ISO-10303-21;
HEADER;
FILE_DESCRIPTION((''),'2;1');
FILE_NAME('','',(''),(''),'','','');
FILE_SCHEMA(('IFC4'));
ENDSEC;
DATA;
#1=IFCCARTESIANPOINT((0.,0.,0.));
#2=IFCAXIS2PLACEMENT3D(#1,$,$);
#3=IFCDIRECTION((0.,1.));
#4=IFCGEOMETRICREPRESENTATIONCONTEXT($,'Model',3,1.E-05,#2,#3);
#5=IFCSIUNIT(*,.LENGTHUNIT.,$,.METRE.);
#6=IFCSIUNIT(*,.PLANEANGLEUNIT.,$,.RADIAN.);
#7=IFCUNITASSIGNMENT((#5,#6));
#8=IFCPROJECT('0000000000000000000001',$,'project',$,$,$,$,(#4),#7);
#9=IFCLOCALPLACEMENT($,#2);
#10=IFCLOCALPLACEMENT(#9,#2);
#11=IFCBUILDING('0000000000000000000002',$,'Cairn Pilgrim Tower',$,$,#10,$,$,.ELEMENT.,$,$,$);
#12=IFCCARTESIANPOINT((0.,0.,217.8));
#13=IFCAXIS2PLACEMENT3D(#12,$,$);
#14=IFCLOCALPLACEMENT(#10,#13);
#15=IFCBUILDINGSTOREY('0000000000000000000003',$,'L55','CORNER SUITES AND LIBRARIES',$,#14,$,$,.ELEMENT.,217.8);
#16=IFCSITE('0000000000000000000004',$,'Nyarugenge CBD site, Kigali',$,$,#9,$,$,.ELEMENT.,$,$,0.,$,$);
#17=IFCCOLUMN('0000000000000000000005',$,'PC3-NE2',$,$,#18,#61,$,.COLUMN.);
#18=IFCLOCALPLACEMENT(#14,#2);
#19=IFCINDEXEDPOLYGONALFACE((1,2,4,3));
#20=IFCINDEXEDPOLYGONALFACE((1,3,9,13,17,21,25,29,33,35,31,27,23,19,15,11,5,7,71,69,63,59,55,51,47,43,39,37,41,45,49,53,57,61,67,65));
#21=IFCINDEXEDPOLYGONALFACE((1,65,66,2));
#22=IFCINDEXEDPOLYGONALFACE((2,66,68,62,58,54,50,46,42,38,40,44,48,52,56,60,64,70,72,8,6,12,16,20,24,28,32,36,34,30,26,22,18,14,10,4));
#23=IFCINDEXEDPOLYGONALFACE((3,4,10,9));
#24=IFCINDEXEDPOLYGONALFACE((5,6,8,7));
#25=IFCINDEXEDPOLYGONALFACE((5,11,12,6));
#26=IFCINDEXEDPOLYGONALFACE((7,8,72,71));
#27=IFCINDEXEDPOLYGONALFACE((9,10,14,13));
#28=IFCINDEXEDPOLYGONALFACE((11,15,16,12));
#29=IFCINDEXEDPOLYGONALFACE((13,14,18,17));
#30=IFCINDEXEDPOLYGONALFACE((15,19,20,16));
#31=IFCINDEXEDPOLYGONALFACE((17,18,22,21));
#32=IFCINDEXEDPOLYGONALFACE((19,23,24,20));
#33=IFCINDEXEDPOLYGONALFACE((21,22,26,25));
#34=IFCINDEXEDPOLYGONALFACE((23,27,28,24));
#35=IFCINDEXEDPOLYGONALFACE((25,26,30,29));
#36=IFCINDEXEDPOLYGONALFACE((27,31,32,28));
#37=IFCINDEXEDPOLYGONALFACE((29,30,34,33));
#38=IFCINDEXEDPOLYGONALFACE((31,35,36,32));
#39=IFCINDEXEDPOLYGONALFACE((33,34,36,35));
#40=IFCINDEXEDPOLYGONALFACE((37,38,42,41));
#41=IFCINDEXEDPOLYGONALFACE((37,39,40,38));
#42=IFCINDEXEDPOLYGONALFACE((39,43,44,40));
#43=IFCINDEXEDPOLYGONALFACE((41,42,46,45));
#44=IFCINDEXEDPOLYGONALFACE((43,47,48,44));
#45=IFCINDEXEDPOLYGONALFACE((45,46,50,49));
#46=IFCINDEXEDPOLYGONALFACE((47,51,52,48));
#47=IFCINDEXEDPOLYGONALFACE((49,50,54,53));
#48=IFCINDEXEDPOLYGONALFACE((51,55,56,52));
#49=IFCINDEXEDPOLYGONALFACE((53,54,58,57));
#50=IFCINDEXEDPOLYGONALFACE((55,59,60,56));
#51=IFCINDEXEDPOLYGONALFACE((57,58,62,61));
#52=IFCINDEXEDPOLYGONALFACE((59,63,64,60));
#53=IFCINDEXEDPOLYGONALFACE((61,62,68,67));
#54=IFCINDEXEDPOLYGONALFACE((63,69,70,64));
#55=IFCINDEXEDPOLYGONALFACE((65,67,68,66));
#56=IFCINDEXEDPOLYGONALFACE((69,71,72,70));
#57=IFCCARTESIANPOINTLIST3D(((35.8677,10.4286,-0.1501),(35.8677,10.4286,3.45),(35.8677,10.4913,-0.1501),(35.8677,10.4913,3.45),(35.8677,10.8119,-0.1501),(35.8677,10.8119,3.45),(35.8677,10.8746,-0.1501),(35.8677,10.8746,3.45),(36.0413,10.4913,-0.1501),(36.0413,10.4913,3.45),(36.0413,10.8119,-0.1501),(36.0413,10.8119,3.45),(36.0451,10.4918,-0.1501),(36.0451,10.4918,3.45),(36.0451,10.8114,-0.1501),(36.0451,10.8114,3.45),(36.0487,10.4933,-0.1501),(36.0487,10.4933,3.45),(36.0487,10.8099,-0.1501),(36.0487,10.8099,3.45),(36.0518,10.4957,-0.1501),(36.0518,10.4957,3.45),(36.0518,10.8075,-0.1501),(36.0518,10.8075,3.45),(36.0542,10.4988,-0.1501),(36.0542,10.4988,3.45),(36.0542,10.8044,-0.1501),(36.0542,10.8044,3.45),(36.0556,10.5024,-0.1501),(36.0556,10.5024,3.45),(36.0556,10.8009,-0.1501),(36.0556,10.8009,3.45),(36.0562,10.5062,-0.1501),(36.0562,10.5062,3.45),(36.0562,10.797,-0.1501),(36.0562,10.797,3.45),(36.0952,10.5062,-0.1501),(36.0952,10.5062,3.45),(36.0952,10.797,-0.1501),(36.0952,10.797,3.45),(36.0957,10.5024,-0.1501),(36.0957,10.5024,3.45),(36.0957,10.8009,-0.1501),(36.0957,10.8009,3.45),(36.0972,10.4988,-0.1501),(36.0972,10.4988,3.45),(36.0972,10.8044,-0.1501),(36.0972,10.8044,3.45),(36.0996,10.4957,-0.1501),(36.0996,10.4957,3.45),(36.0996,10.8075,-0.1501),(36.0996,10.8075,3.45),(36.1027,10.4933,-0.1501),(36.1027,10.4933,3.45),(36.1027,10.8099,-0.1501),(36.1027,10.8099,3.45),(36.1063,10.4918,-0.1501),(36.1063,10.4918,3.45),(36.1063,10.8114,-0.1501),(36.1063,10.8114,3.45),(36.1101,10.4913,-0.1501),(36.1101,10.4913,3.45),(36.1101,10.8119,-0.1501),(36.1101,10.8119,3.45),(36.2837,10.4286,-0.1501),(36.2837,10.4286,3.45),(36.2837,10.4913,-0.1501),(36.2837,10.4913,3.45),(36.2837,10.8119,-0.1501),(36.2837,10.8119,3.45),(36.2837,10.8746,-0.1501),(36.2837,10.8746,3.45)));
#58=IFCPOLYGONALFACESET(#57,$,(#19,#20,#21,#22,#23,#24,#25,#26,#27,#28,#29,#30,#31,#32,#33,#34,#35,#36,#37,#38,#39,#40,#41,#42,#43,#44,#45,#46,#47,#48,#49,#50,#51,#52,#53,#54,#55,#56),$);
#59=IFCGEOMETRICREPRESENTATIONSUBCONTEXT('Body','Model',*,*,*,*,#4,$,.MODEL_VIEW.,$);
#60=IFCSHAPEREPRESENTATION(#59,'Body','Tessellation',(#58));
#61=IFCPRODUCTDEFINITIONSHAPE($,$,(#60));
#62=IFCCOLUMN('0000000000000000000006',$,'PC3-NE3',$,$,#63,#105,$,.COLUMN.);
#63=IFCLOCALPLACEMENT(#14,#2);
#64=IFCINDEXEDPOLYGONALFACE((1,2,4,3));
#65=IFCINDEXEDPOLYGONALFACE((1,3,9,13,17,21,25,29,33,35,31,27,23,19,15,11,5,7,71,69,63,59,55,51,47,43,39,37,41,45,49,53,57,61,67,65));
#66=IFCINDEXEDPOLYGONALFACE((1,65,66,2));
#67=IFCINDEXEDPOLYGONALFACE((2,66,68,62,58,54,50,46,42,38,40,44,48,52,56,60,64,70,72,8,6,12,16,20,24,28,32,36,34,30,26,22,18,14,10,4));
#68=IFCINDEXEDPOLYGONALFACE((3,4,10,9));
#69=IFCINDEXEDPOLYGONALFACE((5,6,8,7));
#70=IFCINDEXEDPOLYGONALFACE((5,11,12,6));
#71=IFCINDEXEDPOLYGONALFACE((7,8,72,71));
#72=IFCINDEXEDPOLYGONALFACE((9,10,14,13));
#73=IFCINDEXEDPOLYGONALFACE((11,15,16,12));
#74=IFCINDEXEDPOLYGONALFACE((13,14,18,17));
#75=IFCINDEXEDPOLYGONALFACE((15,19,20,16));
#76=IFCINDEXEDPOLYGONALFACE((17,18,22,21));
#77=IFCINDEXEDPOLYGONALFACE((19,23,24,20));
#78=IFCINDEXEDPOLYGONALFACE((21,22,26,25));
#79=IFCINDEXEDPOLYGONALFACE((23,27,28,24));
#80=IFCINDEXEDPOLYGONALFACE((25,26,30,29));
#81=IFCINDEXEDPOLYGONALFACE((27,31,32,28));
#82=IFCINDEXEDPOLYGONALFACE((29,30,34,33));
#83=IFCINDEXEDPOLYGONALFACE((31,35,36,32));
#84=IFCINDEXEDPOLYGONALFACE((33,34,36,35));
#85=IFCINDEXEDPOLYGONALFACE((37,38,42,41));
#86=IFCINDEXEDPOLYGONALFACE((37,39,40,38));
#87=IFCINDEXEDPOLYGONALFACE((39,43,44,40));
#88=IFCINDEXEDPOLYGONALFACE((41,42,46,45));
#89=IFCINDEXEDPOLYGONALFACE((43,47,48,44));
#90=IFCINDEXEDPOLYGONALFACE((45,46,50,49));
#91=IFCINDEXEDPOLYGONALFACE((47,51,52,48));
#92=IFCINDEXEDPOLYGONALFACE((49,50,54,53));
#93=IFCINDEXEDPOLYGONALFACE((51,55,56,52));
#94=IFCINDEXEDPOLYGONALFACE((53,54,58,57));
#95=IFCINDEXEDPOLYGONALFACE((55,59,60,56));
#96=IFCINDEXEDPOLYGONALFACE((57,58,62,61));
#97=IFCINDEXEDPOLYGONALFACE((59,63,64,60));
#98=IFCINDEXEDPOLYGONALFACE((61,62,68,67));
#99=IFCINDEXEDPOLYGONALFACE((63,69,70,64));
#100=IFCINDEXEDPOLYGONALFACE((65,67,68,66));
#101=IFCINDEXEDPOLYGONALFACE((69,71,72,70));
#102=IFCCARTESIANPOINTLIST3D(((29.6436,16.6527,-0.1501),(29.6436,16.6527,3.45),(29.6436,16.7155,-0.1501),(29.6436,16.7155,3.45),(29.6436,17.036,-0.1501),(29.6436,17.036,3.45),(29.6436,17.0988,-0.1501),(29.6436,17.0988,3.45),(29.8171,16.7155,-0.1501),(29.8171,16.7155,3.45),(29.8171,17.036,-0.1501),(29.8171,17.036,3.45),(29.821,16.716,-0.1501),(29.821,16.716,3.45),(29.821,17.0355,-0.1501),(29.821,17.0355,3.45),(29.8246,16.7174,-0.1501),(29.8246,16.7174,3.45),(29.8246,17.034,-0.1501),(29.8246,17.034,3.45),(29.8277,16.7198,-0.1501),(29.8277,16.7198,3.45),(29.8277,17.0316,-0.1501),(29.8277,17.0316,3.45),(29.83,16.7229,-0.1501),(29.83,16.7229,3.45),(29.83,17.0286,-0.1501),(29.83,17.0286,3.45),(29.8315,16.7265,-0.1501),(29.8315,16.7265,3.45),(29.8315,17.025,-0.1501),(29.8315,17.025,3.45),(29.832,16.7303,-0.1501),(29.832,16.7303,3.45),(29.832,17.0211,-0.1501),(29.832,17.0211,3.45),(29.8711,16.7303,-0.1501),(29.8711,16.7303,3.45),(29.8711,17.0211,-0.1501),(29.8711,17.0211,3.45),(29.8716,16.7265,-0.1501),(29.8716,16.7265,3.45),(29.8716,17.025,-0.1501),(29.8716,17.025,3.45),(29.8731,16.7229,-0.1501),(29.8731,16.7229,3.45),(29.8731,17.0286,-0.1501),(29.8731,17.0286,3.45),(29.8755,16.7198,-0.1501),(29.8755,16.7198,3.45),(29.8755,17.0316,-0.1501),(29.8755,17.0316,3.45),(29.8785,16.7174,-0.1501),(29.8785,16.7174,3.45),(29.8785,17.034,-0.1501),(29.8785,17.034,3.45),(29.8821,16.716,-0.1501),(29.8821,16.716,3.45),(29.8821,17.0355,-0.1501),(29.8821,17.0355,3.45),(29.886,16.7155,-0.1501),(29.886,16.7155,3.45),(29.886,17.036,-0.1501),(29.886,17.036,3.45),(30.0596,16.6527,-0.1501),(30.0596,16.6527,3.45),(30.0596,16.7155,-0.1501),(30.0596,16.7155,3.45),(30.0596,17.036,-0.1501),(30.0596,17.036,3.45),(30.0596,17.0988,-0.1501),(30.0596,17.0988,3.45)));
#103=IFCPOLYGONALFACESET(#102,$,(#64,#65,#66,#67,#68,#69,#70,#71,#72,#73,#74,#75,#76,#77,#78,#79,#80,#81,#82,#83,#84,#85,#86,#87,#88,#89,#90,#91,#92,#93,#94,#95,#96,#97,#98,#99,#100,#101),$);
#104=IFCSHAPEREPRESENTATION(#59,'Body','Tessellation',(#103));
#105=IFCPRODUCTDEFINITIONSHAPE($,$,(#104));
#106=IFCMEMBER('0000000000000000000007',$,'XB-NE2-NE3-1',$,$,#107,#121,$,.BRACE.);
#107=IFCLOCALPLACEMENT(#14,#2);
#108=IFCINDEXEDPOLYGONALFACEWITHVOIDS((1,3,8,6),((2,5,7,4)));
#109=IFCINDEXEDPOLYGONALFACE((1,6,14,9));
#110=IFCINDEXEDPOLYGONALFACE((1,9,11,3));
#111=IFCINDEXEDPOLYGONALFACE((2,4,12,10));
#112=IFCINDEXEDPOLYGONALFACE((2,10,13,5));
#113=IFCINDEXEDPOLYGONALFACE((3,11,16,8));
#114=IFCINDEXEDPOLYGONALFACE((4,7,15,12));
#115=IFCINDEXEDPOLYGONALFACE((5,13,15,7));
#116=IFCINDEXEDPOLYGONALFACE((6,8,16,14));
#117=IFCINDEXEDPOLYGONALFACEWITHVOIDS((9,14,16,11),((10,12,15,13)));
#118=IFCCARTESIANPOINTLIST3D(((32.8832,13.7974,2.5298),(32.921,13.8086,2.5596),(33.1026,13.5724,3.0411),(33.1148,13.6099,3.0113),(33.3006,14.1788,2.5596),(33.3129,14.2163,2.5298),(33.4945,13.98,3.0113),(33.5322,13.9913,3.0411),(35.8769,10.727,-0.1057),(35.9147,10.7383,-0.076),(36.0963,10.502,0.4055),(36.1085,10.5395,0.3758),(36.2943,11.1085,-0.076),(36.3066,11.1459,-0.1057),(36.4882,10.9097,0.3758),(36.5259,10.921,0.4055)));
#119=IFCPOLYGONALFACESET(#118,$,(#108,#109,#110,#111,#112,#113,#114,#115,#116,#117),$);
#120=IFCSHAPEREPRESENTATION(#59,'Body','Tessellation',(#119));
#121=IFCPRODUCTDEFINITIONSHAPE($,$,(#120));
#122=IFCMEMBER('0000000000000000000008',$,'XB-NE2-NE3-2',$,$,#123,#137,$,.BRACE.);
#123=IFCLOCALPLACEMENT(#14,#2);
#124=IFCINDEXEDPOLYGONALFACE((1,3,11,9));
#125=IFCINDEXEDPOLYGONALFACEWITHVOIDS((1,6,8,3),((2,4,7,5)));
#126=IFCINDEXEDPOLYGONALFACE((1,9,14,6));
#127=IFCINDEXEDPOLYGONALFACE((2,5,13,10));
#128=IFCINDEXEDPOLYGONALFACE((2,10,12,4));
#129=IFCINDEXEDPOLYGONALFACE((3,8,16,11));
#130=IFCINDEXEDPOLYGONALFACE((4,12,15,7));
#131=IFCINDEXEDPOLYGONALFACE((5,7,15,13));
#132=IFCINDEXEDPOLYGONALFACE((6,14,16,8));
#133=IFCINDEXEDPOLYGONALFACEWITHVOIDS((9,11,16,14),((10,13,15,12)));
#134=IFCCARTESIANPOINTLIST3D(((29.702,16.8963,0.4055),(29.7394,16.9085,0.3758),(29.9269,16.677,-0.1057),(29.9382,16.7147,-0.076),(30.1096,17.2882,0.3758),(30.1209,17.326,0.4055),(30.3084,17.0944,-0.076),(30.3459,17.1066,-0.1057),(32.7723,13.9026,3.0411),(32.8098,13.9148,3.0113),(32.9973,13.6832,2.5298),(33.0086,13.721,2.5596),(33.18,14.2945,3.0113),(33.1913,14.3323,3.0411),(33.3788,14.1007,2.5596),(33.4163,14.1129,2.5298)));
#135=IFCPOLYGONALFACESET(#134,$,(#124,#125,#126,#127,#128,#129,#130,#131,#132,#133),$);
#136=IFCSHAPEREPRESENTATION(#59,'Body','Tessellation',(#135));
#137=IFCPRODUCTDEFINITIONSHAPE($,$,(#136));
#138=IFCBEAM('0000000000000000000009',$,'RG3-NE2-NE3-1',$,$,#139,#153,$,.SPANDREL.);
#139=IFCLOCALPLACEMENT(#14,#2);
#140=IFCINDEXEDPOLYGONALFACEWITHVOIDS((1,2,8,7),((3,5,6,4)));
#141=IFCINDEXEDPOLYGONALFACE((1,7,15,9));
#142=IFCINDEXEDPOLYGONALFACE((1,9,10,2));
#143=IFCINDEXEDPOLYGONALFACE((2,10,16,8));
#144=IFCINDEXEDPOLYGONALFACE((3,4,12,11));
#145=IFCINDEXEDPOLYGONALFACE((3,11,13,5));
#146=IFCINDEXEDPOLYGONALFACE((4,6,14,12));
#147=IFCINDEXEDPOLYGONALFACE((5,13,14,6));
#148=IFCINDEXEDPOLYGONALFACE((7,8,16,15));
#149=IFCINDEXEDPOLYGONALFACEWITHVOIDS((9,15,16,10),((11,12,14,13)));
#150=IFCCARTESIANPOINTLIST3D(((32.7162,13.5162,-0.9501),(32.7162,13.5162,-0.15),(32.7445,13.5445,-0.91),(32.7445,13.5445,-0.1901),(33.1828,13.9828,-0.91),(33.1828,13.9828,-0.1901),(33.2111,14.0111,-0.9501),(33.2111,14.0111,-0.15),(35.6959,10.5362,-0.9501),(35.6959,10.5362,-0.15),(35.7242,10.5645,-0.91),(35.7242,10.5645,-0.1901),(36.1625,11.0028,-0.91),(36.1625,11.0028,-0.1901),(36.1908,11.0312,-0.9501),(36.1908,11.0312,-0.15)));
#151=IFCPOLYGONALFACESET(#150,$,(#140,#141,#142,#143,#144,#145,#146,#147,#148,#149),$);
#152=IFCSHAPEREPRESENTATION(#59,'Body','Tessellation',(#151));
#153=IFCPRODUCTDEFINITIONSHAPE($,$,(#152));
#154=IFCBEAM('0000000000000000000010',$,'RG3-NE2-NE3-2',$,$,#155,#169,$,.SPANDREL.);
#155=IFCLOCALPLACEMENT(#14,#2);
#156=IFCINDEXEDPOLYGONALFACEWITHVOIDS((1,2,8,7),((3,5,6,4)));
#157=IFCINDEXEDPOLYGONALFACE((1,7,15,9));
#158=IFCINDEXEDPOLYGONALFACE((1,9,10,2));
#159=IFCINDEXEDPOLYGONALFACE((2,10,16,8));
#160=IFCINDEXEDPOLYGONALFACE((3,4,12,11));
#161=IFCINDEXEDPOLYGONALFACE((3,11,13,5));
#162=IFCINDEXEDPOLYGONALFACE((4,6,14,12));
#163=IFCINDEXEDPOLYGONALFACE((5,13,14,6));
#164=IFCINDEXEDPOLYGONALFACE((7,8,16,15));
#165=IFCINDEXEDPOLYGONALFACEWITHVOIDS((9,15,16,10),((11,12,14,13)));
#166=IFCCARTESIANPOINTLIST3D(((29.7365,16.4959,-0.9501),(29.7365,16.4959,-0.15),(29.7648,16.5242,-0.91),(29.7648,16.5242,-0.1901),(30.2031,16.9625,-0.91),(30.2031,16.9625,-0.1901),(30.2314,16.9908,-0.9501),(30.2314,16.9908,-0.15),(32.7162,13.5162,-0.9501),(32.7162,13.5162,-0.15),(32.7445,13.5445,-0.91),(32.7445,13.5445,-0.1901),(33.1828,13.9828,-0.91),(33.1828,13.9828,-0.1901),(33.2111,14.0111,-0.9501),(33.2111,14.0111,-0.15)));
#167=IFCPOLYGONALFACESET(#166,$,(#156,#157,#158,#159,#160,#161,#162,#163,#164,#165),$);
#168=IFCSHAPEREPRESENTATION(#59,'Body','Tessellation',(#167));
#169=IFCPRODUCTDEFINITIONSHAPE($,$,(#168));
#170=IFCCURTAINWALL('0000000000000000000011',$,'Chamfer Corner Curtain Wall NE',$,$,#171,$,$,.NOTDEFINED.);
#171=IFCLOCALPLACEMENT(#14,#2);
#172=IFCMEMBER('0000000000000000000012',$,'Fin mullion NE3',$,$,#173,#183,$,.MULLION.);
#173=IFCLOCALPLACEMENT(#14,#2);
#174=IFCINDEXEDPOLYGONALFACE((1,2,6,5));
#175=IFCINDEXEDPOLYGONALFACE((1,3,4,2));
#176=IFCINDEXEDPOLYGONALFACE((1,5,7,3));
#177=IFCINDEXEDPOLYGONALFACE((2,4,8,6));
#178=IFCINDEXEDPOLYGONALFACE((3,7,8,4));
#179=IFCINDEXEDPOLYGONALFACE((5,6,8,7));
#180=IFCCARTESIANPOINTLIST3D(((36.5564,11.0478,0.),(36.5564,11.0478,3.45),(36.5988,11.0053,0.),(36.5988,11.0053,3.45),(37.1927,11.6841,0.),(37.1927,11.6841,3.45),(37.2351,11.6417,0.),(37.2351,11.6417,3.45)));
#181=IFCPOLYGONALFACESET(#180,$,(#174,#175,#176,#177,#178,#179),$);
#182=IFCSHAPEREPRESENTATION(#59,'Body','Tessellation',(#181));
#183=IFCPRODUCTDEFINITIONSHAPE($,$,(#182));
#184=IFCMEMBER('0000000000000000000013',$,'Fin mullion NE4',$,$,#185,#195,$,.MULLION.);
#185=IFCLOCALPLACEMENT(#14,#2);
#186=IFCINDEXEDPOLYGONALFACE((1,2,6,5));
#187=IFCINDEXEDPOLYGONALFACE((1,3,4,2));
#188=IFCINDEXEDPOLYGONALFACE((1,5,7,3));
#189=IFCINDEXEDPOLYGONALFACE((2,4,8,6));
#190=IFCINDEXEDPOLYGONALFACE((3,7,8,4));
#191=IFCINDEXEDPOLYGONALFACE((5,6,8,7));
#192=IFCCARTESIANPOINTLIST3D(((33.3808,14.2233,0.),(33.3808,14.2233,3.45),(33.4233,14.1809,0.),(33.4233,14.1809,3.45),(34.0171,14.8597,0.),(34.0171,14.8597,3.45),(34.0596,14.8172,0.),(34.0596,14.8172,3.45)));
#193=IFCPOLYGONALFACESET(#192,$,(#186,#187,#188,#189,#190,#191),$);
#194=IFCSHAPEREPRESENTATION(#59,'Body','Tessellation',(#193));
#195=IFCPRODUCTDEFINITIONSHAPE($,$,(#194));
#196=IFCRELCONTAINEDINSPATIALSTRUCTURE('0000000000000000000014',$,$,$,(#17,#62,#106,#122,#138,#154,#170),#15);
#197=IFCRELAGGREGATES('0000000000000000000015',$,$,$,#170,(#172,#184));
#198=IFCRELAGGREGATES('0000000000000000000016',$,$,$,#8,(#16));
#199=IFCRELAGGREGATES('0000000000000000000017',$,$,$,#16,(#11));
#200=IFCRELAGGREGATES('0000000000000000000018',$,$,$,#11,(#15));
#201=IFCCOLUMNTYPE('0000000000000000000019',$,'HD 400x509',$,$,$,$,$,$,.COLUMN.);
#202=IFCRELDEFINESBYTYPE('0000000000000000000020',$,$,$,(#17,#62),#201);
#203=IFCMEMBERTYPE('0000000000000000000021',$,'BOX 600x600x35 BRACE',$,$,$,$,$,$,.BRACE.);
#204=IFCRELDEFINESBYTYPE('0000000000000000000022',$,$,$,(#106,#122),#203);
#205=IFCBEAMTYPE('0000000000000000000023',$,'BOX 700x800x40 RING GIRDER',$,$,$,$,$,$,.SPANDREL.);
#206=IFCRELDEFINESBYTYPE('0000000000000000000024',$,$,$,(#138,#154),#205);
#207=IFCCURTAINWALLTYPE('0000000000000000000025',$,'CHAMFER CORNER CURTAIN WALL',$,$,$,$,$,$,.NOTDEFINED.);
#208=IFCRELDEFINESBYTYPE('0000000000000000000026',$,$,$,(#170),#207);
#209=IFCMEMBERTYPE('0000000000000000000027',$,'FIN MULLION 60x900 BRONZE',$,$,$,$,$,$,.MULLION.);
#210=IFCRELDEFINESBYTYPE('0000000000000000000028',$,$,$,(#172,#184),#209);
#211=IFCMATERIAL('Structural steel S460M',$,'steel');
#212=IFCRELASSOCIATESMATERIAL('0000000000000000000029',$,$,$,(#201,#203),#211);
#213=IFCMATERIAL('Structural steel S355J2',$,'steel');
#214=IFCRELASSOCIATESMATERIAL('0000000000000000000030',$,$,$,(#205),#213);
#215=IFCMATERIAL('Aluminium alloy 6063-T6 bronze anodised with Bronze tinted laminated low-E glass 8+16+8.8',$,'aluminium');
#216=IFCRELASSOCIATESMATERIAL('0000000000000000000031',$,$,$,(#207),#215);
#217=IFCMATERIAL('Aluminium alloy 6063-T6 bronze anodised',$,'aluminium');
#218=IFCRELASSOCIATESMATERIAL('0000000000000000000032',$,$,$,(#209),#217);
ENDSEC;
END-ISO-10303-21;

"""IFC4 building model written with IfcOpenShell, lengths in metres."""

from ifc_helpers import new_model, si_unit, direction, frame, origin, origin_2d, place, context, subcontext, project, spatial, rectangle, hollow_rectangle, i_section, extrude, material, material_profile, profile_set, type_object, element, aggregate, save


model = new_model("IFC4")

# Units and contexts
model_context = context("Model", 3, precision=1e-05, world=origin(), true_north=direction((0.0, 1.0)))
body_context = subcontext(model_context, "Body", "Model", "MODEL_VIEW")
ifc_project = project(units=[si_unit("LENGTHUNIT", "METRE"), si_unit("PLANEANGLEUNIT", "RADIAN")], contexts=[model_context])

# Site, building, storey
site_placement = place(None, origin())
site = spatial("IfcSite", under=ifc_project, at=site_placement, Name="Nyarugenge CBD site, Kigali", CompositionType="ELEMENT", RefElevation=0.0)
building_placement = place(site_placement, origin())
building = spatial("IfcBuilding", under=site, at=building_placement, Name="Cairn Pilgrim Tower", CompositionType="ELEMENT")
storey_placement = place(building_placement, frame((0.0, 0.0, 217.8)))
storey = spatial("IfcBuildingStorey", under=building, at=storey_placement, Name="L55", Description="CORNER SUITES AND LIBRARIES", CompositionType="ELEMENT", Elevation=217.8)

# Columns
ifc_material_1 = material(Name="Structural steel S460M", Category="steel")
ifc_material_profile_1 = material_profile(ifc_material_1, i_section(OverallWidth=0.416, OverallDepth=0.446, WebThickness=0.0391, FlangeThickness=0.0627, FilletRadius=0.0149, at=origin_2d()), Name="HD 400x509")
ifc_profile_set_1 = profile_set([ifc_material_profile_1], Name="Structural steel S460M")
column_type = type_object("IfcColumnType", Name="HD 400x509", PredefinedType="COLUMN", material=ifc_profile_set_1)
for number, where, z_axis, x_axis, name in (
    (1, (36.0757, 10.6516, -0.1501), (0.0, 0.0, 1.0), (1.0, 0.0, 0.0), "PC3-NE2"),
    (2, (29.8516, 16.8757, -0.1501), (0.0, 0.0, 1.0), (1.0, 0.0, 0.0), "PC3-NE3"),
):
    element("IfcColumn", number, at=place(storey_placement, frame(where, z_axis=z_axis, x_axis=x_axis)), inside=storey, type_object=column_type, Name=name, PredefinedType="COLUMN", context=body_context, shape_type="SweptSolid", body=[
        extrude(i_section(OverallWidth=0.416, OverallDepth=0.446, WebThickness=0.0391, FlangeThickness=0.0627, FilletRadius=0.0149, at=origin_2d()), origin(), (0.0, 0.0, 1.0), 3.6001),
    ])

# Members
ifc_material_profile_2 = material_profile(ifc_material_1, hollow_rectangle(XDim=0.6001, YDim=0.6001, WallThickness=0.0349, at=origin_2d()), Name="BOX 600x600x35")
ifc_profile_set_2 = profile_set([ifc_material_profile_2], Name="Structural steel S460M")
member_type_1 = type_object("IfcMemberType", Name="BOX 600x600x35 BRACE", PredefinedType="BRACE", material=ifc_profile_set_2)
for number, where, z_axis, x_axis, name in (
    (3, (36.2014, 10.824, 0.1499), (-0.594763, 0.609994, 0.523607), (-0.715989, -0.698112, 0.0), "XB-NE2-NE3-1"),
    (4, (30.0239, 17.0015, 0.1499), (0.609994, -0.594763, 0.523607), (0.698112, 0.715989, 0.0), "XB-NE2-NE3-2"),
):
    element("IfcMember", number, at=place(storey_placement, frame(where, z_axis=z_axis, x_axis=x_axis)), inside=storey, type_object=member_type_1, Name=name, PredefinedType="BRACE", context=body_context, shape_type="SweptSolid", body=[
        extrude(hollow_rectangle(XDim=0.6001, YDim=0.6001, WallThickness=0.0349, at=origin_2d()), origin(), (0.0, 0.0, 1.0), 5.0334),
    ])

# Beams
ifc_material_2 = material(Name="Structural steel S355J2", Category="steel")
ifc_material_profile_3 = material_profile(ifc_material_2, hollow_rectangle(XDim=0.7, YDim=0.8, WallThickness=0.04, at=origin_2d()), Name="BOX 700x800x40")
ifc_profile_set_3 = profile_set([ifc_material_profile_3], Name="Structural steel S355J2")
beam_type_1 = type_object("IfcBeamType", Name="BOX 700x800x40 RING GIRDER", PredefinedType="SPANDREL", material=ifc_profile_set_3)
beam_1_placement = place(storey_placement, frame((35.9434, 10.7837, -0.55), z_axis=(-0.707078, 0.707136, 0.0), x_axis=(-0.707136, -0.707078, 0.0)))
element("IfcBeam", 5, at=beam_1_placement, inside=storey, type_object=beam_type_1, Name="RG3-NE2-NE3-1", PredefinedType="SPANDREL", context=body_context, shape_type="SweptSolid", body=[
    extrude(hollow_rectangle(XDim=0.7, YDim=0.8, WallThickness=0.04, at=origin_2d()), origin(), (0.0, 0.0, 1.0), 4.2141),
])
beam_2_placement = place(storey_placement, frame((32.9636, 13.7637, -0.55), z_axis=(-0.707107, 0.707107, 0.0), x_axis=(-0.707107, -0.707107, 0.0)))
element("IfcBeam", 6, at=beam_2_placement, inside=storey, type_object=beam_type_1, Name="RG3-NE2-NE3-2", PredefinedType="SPANDREL", context=body_context, shape_type="SweptSolid", body=[
    extrude(hollow_rectangle(XDim=0.7, YDim=0.8, WallThickness=0.04, at=origin_2d()), origin(), (0.0, 0.0, 1.0), 4.2139),
])

# Curtain wall, members
ifc_material_3 = material(Name="Aluminium alloy 6063-T6 bronze anodised with Bronze tinted laminated low-E glass 8+16+8.8", Category="aluminium")
curtain_wall_type = type_object("IfcCurtainWallType", Name="CHAMFER CORNER CURTAIN WALL", PredefinedType="NOTDEFINED", material=ifc_material_3)
curtain_wall_placement = place(storey_placement, origin())
curtain_wall = element("IfcCurtainWall", 7, at=curtain_wall_placement, inside=storey, type_object=curtain_wall_type, Name="Chamfer Corner Curtain Wall NE", PredefinedType="NOTDEFINED")
ifc_material_4 = material(Name="Aluminium alloy 6063-T6 bronze anodised", Category="aluminium")
ifc_material_profile_4 = material_profile(ifc_material_4, rectangle(XDim=0.8999, YDim=0.0601, at=origin_2d()), Name="FIN MULLION 60x900 BRONZE")
ifc_profile_set_4 = profile_set([ifc_material_profile_4], Name="Aluminium alloy 6063-T6 bronze anodised")
member_type_2 = type_object("IfcMemberType", Name="FIN MULLION 60x900 BRONZE", PredefinedType="MULLION", material=ifc_profile_set_4)
member_1_placement = place(storey_placement, frame((36.8958, 11.3447, 0.0), z_axis=(0.0, 0.0, 1.0), x_axis=(0.707107, 0.707107, 0.0)))
member_1 = element("IfcMember", 8, at=member_1_placement, type_object=member_type_2, Name="Fin mullion NE3", PredefinedType="MULLION", context=body_context, shape_type="SweptSolid", body=[
    extrude(rectangle(XDim=0.8999, YDim=0.0601, at=origin_2d()), origin(), (0.0, 0.0, 1.0), 3.45),
])
member_2_placement = place(storey_placement, frame((33.7202, 14.5203, 0.0), z_axis=(0.0, 0.0, 1.0), x_axis=(0.707107, 0.707107, 0.0)))
member_2 = element("IfcMember", 9, at=member_2_placement, type_object=member_type_2, Name="Fin mullion NE4", PredefinedType="MULLION", context=body_context, shape_type="SweptSolid", body=[
    extrude(rectangle(XDim=0.8999, YDim=0.0601, at=origin_2d()), origin(), (0.0, 0.0, 1.0), 3.45),
])

aggregate(curtain_wall, [member_1, member_2])

save(model, "model.ifc")
